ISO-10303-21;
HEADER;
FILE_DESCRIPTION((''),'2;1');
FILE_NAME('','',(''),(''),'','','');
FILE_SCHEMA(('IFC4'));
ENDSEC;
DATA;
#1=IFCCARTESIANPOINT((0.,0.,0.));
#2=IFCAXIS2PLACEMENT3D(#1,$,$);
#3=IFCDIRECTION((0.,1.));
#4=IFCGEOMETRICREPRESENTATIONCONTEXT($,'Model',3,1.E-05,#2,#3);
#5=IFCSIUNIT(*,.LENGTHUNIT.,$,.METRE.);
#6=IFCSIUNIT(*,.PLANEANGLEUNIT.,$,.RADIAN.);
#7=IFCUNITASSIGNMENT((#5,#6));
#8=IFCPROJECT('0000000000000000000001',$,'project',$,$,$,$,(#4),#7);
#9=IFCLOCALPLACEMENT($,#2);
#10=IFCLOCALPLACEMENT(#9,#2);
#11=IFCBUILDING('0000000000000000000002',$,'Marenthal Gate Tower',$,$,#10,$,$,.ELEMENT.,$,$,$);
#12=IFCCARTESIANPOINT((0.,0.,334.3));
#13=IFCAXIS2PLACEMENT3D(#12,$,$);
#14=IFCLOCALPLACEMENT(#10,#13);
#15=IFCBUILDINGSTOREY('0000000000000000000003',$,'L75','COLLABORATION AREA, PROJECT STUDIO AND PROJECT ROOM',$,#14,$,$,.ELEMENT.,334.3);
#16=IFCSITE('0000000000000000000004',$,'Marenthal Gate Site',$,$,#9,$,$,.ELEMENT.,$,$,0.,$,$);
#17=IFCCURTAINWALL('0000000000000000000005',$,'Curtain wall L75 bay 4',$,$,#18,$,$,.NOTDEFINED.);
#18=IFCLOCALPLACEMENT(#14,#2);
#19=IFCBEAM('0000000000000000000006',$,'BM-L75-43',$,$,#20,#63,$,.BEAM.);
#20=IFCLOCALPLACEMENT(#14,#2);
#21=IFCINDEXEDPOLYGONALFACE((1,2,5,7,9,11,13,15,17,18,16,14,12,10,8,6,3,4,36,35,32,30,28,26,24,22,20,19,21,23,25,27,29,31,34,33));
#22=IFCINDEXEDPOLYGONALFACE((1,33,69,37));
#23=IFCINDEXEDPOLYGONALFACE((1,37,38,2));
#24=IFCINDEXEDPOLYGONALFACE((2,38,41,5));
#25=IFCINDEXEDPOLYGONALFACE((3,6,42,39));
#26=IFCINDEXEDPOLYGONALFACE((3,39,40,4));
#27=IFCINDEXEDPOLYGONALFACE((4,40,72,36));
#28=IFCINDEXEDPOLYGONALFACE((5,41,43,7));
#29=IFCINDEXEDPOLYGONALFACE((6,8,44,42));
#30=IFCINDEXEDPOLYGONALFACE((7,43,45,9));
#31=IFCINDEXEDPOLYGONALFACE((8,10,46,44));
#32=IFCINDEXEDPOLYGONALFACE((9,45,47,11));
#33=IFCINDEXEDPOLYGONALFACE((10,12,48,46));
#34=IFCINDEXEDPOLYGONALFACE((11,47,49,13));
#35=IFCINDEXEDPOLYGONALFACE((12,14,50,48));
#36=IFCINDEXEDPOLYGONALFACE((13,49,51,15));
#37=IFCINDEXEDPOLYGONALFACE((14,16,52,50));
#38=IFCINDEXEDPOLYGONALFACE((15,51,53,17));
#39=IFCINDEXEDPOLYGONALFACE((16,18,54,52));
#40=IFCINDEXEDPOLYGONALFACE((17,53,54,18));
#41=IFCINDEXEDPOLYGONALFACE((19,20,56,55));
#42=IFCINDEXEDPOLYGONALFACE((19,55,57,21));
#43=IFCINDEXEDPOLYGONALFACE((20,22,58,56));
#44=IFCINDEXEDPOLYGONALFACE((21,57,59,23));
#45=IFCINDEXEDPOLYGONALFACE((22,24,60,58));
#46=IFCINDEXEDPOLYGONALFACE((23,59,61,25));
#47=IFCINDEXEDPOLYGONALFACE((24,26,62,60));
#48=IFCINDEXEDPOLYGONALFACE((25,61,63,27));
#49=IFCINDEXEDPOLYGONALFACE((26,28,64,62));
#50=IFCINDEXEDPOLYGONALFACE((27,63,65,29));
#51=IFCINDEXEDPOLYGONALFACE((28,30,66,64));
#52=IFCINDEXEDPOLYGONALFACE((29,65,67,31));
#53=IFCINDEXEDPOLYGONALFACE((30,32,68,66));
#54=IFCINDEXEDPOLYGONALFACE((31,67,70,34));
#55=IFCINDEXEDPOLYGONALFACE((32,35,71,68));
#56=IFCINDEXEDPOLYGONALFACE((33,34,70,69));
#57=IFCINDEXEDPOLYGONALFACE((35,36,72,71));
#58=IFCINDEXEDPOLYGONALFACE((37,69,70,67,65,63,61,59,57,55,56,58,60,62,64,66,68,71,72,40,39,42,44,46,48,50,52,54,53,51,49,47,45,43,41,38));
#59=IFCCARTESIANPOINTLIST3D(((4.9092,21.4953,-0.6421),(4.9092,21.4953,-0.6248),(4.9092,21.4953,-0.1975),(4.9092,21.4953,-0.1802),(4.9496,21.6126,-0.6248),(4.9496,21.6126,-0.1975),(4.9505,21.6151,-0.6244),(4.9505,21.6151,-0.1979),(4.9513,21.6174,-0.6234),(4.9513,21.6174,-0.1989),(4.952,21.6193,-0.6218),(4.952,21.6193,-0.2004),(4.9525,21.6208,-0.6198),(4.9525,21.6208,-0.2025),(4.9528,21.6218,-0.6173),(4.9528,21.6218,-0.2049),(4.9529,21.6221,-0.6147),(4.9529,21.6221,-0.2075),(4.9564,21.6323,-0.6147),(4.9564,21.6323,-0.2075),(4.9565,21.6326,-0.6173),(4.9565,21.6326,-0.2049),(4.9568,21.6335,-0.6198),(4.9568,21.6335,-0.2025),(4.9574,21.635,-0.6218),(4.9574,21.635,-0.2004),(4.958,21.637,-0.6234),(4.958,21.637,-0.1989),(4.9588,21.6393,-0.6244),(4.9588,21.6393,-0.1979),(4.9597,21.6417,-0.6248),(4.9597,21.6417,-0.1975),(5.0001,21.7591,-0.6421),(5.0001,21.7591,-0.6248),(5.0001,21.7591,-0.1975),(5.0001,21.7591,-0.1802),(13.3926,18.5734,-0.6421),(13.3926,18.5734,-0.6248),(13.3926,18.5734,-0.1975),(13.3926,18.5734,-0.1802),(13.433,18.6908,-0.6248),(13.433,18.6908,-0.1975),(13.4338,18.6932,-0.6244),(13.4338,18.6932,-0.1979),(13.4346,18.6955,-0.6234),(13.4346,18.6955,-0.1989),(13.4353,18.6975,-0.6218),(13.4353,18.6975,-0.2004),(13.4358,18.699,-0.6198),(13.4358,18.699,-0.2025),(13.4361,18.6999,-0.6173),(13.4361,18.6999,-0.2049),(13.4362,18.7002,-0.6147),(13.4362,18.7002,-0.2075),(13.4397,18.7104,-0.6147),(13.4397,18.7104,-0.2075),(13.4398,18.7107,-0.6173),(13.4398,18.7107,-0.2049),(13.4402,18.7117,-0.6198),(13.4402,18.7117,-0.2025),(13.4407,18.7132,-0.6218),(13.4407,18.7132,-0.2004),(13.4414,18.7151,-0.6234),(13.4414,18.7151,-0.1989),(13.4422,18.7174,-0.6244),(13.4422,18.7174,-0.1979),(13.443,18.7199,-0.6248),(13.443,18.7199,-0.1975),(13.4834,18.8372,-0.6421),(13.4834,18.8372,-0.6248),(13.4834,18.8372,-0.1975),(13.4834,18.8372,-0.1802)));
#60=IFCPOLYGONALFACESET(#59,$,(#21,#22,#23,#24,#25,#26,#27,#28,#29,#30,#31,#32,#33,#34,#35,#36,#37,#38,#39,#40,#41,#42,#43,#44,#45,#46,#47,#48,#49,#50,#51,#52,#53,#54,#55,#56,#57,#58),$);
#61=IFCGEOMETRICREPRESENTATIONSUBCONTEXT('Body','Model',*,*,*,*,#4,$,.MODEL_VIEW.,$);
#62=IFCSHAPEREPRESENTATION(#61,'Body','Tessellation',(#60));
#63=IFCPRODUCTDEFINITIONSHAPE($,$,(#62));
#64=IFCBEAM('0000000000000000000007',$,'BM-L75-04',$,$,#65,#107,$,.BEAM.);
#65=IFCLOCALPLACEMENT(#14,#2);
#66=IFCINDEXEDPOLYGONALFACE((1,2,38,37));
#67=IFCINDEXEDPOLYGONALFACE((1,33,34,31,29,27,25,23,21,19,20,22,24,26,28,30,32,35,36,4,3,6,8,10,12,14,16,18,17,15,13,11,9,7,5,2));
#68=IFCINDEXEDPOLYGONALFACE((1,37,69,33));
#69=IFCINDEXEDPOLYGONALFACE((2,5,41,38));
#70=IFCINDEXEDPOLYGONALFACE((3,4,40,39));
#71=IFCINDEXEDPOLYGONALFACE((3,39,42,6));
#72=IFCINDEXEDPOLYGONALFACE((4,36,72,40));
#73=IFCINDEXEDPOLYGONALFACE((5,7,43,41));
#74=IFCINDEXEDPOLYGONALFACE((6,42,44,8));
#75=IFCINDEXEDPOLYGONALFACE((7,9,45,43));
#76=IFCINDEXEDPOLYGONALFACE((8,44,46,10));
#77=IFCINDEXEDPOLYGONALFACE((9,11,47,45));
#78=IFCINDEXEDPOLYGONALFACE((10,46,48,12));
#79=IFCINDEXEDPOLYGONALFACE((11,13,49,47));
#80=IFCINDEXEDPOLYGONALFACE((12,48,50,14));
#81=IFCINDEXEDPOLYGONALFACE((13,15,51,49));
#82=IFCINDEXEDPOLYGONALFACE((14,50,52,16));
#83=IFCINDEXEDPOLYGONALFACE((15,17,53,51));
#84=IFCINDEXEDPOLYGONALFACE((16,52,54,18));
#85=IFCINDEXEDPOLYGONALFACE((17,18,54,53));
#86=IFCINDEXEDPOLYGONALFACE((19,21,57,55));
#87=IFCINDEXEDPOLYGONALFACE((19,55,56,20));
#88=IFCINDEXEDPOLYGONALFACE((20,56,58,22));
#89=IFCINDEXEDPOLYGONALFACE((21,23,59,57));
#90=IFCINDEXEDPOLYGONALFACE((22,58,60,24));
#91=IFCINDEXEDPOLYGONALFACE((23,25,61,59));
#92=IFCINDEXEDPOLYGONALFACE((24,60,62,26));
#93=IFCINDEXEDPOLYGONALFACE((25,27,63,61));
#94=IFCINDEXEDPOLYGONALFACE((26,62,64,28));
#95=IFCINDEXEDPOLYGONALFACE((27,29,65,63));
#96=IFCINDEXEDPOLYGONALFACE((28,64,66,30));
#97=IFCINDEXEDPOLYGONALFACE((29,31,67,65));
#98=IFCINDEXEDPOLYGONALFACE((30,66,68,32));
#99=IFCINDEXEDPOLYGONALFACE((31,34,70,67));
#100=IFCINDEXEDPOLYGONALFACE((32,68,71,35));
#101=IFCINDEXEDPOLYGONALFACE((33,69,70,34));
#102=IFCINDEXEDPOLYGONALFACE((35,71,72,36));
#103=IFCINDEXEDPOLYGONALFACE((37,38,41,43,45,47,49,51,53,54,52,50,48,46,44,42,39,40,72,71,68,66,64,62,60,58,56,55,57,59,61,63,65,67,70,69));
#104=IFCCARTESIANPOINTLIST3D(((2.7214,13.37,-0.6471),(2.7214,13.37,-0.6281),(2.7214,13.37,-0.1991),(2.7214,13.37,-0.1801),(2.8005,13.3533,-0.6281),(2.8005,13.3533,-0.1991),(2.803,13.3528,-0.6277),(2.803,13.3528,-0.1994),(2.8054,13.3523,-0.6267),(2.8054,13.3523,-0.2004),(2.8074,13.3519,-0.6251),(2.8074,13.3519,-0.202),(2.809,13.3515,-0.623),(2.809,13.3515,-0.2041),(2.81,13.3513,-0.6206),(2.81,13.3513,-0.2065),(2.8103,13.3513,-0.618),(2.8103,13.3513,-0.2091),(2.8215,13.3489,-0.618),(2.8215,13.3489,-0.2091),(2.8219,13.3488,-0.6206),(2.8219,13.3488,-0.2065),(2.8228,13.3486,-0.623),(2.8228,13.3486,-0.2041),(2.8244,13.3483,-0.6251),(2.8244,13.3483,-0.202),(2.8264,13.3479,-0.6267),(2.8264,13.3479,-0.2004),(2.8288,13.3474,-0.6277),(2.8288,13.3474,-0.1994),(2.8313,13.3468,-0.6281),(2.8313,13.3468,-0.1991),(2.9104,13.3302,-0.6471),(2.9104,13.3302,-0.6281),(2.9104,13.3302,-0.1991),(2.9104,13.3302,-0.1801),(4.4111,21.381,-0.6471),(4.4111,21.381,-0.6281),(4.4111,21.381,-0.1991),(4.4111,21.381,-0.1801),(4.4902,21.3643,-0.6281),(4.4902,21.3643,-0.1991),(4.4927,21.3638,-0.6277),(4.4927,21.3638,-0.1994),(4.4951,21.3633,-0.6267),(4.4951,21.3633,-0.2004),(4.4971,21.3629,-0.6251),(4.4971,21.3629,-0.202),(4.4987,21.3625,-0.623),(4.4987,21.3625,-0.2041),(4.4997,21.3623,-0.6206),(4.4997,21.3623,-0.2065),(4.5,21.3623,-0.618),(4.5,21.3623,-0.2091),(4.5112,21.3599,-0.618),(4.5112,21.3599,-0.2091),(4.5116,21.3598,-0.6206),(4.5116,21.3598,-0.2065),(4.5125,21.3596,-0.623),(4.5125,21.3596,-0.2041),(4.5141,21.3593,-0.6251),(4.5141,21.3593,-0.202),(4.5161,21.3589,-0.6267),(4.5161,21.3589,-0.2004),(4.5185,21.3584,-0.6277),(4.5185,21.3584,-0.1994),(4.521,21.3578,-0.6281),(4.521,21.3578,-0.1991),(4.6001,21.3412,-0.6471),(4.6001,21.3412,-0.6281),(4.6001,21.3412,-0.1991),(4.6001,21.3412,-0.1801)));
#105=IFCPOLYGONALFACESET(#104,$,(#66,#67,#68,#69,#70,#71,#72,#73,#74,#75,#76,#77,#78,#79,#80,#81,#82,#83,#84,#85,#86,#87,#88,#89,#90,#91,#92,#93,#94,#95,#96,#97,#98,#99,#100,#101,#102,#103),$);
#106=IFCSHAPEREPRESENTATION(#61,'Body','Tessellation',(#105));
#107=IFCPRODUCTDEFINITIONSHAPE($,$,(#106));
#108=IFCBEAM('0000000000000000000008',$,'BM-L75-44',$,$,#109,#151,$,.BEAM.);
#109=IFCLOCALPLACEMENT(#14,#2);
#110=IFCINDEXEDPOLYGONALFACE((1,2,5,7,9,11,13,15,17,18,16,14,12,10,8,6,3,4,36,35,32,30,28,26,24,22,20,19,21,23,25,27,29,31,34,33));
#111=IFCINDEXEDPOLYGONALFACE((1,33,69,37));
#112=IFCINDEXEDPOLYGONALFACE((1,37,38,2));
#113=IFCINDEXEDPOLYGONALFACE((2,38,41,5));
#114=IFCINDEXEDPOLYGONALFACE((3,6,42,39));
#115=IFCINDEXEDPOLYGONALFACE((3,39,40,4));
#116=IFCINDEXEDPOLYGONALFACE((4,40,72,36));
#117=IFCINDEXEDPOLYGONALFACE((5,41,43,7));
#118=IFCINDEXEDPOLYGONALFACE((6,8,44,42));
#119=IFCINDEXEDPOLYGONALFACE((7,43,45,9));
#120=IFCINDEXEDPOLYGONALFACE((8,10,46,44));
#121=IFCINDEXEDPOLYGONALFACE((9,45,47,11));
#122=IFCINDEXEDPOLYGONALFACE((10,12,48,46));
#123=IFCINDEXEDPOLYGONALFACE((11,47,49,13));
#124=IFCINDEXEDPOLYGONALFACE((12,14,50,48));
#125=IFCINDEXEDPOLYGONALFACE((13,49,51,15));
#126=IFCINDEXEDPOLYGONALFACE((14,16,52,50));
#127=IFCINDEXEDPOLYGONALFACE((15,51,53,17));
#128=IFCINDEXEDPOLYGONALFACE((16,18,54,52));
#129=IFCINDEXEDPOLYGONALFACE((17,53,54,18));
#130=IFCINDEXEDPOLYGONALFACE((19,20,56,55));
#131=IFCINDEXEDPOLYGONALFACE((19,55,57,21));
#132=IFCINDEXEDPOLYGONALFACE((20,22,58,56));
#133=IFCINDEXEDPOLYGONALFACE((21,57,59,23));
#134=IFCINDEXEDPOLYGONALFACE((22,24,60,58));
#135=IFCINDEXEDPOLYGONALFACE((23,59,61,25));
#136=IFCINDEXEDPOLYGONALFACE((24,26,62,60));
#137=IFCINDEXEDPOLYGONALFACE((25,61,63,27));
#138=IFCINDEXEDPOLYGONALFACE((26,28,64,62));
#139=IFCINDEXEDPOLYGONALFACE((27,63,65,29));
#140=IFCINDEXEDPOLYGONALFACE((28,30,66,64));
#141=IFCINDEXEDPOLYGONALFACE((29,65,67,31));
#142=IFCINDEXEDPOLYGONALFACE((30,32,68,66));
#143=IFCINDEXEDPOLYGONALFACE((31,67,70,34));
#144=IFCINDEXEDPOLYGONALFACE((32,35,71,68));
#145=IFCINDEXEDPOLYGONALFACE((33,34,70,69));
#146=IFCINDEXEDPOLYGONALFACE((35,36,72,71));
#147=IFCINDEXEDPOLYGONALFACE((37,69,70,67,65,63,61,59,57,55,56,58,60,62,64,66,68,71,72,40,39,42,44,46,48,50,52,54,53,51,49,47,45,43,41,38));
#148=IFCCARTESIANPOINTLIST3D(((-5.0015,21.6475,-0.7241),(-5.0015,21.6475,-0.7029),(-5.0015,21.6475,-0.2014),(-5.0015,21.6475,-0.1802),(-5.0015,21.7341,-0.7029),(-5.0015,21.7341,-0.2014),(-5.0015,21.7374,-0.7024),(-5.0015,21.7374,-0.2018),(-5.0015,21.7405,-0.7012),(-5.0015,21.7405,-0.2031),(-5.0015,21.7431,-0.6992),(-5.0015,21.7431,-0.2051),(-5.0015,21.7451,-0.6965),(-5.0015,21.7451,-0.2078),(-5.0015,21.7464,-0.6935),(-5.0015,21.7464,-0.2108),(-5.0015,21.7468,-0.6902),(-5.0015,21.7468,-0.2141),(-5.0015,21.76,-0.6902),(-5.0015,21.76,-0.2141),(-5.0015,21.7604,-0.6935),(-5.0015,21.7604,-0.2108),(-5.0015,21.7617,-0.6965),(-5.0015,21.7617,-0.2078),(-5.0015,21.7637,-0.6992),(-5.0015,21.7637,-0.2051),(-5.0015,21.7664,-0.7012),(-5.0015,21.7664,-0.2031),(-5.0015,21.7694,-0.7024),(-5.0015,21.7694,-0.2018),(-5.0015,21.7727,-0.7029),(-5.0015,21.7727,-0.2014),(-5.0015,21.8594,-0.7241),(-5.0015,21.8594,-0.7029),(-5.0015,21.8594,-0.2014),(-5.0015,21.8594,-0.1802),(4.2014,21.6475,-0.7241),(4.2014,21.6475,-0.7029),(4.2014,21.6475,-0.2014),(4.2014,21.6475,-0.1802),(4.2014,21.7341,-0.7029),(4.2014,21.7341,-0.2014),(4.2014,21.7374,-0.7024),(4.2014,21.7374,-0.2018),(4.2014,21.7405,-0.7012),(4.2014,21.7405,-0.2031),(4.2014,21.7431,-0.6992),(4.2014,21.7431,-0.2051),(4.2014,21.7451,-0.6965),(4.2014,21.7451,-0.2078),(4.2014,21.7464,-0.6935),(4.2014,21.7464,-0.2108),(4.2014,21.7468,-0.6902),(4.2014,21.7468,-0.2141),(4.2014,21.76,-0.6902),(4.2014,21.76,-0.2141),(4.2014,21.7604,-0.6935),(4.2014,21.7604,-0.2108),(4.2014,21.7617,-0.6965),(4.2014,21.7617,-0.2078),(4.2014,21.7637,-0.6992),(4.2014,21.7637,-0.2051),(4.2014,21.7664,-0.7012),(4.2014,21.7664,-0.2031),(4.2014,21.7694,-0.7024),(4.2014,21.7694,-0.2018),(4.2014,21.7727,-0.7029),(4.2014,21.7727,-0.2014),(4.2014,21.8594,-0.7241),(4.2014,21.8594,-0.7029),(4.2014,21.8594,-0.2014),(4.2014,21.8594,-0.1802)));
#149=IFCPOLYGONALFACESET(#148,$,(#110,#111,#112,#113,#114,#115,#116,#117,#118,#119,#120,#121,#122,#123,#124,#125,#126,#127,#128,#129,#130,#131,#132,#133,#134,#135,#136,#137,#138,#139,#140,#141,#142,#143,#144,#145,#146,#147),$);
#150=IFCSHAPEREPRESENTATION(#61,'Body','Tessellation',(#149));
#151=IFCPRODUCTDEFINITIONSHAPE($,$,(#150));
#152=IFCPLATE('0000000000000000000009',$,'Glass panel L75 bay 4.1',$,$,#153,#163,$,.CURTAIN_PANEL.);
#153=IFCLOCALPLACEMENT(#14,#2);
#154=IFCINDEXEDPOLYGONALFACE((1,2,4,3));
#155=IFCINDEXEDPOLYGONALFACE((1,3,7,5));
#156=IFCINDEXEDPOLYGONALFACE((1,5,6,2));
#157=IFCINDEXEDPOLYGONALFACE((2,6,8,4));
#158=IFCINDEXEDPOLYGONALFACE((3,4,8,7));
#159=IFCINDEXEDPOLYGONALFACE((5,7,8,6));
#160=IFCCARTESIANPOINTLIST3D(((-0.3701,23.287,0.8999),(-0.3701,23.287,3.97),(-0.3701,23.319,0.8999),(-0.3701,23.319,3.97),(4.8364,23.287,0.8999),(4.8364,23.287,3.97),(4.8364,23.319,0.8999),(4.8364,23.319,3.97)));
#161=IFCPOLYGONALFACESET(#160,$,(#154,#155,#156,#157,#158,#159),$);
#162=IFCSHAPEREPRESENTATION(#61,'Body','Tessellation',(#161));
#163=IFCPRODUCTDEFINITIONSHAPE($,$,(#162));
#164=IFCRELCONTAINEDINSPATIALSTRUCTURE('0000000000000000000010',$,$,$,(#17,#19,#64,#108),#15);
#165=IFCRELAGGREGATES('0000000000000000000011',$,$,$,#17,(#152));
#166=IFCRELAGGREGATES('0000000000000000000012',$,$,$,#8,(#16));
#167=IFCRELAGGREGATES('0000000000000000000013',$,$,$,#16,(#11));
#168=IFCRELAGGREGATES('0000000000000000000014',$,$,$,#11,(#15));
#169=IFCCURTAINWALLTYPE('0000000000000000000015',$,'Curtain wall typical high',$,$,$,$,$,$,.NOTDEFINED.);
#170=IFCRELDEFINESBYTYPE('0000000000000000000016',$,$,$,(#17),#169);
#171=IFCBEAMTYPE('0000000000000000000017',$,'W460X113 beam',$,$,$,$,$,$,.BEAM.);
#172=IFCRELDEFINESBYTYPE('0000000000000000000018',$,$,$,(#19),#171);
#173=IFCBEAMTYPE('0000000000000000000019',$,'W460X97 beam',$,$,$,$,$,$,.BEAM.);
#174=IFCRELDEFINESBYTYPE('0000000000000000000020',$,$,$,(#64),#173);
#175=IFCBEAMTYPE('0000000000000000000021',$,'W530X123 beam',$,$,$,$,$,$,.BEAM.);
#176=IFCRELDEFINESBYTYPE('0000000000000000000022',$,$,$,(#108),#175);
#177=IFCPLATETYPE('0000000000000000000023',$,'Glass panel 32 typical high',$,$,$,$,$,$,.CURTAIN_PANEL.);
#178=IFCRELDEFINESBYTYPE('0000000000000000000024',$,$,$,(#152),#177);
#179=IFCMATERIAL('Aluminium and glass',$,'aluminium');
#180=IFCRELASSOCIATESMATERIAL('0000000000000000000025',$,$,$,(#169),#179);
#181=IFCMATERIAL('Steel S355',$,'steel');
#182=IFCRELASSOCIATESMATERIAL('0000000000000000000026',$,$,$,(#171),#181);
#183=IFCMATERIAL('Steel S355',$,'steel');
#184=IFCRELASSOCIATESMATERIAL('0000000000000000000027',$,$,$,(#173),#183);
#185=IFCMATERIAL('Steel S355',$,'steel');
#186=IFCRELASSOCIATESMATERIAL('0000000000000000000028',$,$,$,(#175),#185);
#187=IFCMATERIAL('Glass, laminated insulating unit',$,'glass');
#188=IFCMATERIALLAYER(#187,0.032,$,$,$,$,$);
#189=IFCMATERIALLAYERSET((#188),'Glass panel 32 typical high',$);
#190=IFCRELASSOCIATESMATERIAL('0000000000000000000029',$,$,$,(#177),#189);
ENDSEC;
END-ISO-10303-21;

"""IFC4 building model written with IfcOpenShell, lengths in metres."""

from ifc_helpers import new_model, si_unit, direction, frame, origin, origin_2d, place, context, subcontext, project, spatial, rectangle, i_section, extrude, material, layer, layer_set, material_profile, profile_set, type_object, element, aggregate, save


model = new_model("IFC4")

# Units and contexts
model_context = context("Model", 3, precision=1e-05, world=origin(), true_north=direction((0.0, 1.0)))
body_context = subcontext(model_context, "Body", "Model", "MODEL_VIEW")
ifc_project = project(units=[si_unit("LENGTHUNIT", "METRE"), si_unit("PLANEANGLEUNIT", "RADIAN")], contexts=[model_context])

# Site, building, storey
site_placement = place(None, origin())
site = spatial("IfcSite", under=ifc_project, at=site_placement, Name="Marenthal Gate Site", CompositionType="ELEMENT", RefElevation=0.0)
building_placement = place(site_placement, origin())
building = spatial("IfcBuilding", under=site, at=building_placement, Name="Marenthal Gate Tower", CompositionType="ELEMENT")
storey_placement = place(building_placement, frame((0.0, 0.0, 334.3)))
storey = spatial("IfcBuildingStorey", under=building, at=storey_placement, Name="L75", Description="COLLABORATION AREA, PROJECT STUDIO AND PROJECT ROOM", CompositionType="ELEMENT", Elevation=334.3)

# Curtain wall
ifc_material_1 = material(Name="Aluminium and glass", Category="aluminium")
curtain_wall_type = type_object("IfcCurtainWallType", Name="Curtain wall typical high", PredefinedType="NOTDEFINED", material=ifc_material_1)
curtain_wall_placement = place(storey_placement, origin())
curtain_wall = element("IfcCurtainWall", 1, at=curtain_wall_placement, inside=storey, type_object=curtain_wall_type, Name="Curtain wall L75 bay 4", PredefinedType="NOTDEFINED")

# Beams
ifc_material_2 = material(Name="Steel S355", Category="steel")
ifc_material_profile_1 = material_profile(ifc_material_2, i_section(OverallWidth=0.2791, OverallDepth=0.4619, WebThickness=0.0107, FlangeThickness=0.0173, FilletRadius=0.01, at=origin_2d()), Name="W460X113")
ifc_profile_set_1 = profile_set([ifc_material_profile_1], Name="Steel S355")
beam_type_1 = type_object("IfcBeamType", Name="W460X113 beam", PredefinedType="BEAM", material=ifc_profile_set_1)
beam_1_placement = place(storey_placement, frame((13.438, 18.7053, -0.4111), z_axis=(-0.945491, 0.325649, 0.0), x_axis=(-0.325649, -0.945491, 0.0)))
element("IfcBeam", 2, at=beam_1_placement, inside=storey, type_object=beam_type_1, Name="BM-L75-43", PredefinedType="BEAM", context=body_context, shape_type="SweptSolid", body=[
    extrude(i_section(OverallWidth=0.2791, OverallDepth=0.4619, WebThickness=0.0107, FlangeThickness=0.0173, FilletRadius=0.01, at=origin_2d()), origin(), (0.0, 0.0, 1.0), 8.9724),
])
ifc_material_3 = material(Name="Steel S355", Category="steel")
ifc_material_profile_2 = material_profile(ifc_material_3, i_section(OverallWidth=0.1931, OverallDepth=0.467, WebThickness=0.0115, FlangeThickness=0.019, FilletRadius=0.01, at=origin_2d()), Name="W460X97")
ifc_profile_set_2 = profile_set([ifc_material_profile_2], Name="Steel S355")
beam_type_2 = type_object("IfcBeamType", Name="W460X97 beam", PredefinedType="BEAM", material=ifc_profile_set_2)
beam_2_placement = place(storey_placement, frame((4.5056, 21.3611, -0.4136), z_axis=(-0.206382, -0.978472, 0.0), x_axis=(0.978472, -0.206382, 0.0)))
element("IfcBeam", 3, at=beam_2_placement, inside=storey, type_object=beam_type_2, Name="BM-L75-04", PredefinedType="BEAM", context=body_context, shape_type="SweptSolid", body=[
    extrude(i_section(OverallWidth=0.1931, OverallDepth=0.467, WebThickness=0.0115, FlangeThickness=0.019, FilletRadius=0.01, at=origin_2d()), origin(), (0.0, 0.0, 1.0), 8.1873),
])
ifc_material_4 = material(Name="Steel S355", Category="steel")
ifc_material_profile_3 = material_profile(ifc_material_4, i_section(OverallWidth=0.2119, OverallDepth=0.5439, WebThickness=0.0132, FlangeThickness=0.0212, FilletRadius=0.0127, at=origin_2d()), Name="W530X123")
ifc_profile_set_3 = profile_set([ifc_material_profile_3], Name="Steel S355")
beam_type_3 = type_object("IfcBeamType", Name="W530X123 beam", PredefinedType="BEAM", material=ifc_profile_set_3)
beam_3_placement = place(storey_placement, frame((4.2014, 21.7534, -0.4521), z_axis=(-1.0, 0.0, 0.0), x_axis=(0.0, -1.0, 0.0)))
element("IfcBeam", 4, at=beam_3_placement, inside=storey, type_object=beam_type_3, Name="BM-L75-44", PredefinedType="BEAM", context=body_context, shape_type="SweptSolid", body=[
    extrude(i_section(OverallWidth=0.2119, OverallDepth=0.5439, WebThickness=0.0132, FlangeThickness=0.0212, FilletRadius=0.0127, at=origin_2d()), origin(), (0.0, 0.0, 1.0), 9.2029),
])

# Plate
ifc_material_5 = material(Name="Glass, laminated insulating unit", Category="glass")
ifc_layer_1 = layer(ifc_material_5, 0.032)
ifc_layer_set_1 = layer_set([ifc_layer_1], Name="Glass panel 32 typical high")
plate_type = type_object("IfcPlateType", Name="Glass panel 32 typical high", PredefinedType="CURTAIN_PANEL", material=ifc_layer_set_1)
plate_placement = place(storey_placement, frame((2.2332, 23.303, 0.8999), z_axis=(0.0, 0.0, 1.0), x_axis=(-1.0, 0.0, 0.0)))
plate = element("IfcPlate", 5, at=plate_placement, type_object=plate_type, Name="Glass panel L75 bay 4.1", PredefinedType="CURTAIN_PANEL", context=body_context, shape_type="SweptSolid", body=[
    extrude(rectangle(XDim=5.2065, YDim=0.032, at=origin_2d()), origin(), (0.0, 0.0, 1.0), 3.0701),
])
aggregate(curtain_wall, [plate])

save(model, "model.ifc")
